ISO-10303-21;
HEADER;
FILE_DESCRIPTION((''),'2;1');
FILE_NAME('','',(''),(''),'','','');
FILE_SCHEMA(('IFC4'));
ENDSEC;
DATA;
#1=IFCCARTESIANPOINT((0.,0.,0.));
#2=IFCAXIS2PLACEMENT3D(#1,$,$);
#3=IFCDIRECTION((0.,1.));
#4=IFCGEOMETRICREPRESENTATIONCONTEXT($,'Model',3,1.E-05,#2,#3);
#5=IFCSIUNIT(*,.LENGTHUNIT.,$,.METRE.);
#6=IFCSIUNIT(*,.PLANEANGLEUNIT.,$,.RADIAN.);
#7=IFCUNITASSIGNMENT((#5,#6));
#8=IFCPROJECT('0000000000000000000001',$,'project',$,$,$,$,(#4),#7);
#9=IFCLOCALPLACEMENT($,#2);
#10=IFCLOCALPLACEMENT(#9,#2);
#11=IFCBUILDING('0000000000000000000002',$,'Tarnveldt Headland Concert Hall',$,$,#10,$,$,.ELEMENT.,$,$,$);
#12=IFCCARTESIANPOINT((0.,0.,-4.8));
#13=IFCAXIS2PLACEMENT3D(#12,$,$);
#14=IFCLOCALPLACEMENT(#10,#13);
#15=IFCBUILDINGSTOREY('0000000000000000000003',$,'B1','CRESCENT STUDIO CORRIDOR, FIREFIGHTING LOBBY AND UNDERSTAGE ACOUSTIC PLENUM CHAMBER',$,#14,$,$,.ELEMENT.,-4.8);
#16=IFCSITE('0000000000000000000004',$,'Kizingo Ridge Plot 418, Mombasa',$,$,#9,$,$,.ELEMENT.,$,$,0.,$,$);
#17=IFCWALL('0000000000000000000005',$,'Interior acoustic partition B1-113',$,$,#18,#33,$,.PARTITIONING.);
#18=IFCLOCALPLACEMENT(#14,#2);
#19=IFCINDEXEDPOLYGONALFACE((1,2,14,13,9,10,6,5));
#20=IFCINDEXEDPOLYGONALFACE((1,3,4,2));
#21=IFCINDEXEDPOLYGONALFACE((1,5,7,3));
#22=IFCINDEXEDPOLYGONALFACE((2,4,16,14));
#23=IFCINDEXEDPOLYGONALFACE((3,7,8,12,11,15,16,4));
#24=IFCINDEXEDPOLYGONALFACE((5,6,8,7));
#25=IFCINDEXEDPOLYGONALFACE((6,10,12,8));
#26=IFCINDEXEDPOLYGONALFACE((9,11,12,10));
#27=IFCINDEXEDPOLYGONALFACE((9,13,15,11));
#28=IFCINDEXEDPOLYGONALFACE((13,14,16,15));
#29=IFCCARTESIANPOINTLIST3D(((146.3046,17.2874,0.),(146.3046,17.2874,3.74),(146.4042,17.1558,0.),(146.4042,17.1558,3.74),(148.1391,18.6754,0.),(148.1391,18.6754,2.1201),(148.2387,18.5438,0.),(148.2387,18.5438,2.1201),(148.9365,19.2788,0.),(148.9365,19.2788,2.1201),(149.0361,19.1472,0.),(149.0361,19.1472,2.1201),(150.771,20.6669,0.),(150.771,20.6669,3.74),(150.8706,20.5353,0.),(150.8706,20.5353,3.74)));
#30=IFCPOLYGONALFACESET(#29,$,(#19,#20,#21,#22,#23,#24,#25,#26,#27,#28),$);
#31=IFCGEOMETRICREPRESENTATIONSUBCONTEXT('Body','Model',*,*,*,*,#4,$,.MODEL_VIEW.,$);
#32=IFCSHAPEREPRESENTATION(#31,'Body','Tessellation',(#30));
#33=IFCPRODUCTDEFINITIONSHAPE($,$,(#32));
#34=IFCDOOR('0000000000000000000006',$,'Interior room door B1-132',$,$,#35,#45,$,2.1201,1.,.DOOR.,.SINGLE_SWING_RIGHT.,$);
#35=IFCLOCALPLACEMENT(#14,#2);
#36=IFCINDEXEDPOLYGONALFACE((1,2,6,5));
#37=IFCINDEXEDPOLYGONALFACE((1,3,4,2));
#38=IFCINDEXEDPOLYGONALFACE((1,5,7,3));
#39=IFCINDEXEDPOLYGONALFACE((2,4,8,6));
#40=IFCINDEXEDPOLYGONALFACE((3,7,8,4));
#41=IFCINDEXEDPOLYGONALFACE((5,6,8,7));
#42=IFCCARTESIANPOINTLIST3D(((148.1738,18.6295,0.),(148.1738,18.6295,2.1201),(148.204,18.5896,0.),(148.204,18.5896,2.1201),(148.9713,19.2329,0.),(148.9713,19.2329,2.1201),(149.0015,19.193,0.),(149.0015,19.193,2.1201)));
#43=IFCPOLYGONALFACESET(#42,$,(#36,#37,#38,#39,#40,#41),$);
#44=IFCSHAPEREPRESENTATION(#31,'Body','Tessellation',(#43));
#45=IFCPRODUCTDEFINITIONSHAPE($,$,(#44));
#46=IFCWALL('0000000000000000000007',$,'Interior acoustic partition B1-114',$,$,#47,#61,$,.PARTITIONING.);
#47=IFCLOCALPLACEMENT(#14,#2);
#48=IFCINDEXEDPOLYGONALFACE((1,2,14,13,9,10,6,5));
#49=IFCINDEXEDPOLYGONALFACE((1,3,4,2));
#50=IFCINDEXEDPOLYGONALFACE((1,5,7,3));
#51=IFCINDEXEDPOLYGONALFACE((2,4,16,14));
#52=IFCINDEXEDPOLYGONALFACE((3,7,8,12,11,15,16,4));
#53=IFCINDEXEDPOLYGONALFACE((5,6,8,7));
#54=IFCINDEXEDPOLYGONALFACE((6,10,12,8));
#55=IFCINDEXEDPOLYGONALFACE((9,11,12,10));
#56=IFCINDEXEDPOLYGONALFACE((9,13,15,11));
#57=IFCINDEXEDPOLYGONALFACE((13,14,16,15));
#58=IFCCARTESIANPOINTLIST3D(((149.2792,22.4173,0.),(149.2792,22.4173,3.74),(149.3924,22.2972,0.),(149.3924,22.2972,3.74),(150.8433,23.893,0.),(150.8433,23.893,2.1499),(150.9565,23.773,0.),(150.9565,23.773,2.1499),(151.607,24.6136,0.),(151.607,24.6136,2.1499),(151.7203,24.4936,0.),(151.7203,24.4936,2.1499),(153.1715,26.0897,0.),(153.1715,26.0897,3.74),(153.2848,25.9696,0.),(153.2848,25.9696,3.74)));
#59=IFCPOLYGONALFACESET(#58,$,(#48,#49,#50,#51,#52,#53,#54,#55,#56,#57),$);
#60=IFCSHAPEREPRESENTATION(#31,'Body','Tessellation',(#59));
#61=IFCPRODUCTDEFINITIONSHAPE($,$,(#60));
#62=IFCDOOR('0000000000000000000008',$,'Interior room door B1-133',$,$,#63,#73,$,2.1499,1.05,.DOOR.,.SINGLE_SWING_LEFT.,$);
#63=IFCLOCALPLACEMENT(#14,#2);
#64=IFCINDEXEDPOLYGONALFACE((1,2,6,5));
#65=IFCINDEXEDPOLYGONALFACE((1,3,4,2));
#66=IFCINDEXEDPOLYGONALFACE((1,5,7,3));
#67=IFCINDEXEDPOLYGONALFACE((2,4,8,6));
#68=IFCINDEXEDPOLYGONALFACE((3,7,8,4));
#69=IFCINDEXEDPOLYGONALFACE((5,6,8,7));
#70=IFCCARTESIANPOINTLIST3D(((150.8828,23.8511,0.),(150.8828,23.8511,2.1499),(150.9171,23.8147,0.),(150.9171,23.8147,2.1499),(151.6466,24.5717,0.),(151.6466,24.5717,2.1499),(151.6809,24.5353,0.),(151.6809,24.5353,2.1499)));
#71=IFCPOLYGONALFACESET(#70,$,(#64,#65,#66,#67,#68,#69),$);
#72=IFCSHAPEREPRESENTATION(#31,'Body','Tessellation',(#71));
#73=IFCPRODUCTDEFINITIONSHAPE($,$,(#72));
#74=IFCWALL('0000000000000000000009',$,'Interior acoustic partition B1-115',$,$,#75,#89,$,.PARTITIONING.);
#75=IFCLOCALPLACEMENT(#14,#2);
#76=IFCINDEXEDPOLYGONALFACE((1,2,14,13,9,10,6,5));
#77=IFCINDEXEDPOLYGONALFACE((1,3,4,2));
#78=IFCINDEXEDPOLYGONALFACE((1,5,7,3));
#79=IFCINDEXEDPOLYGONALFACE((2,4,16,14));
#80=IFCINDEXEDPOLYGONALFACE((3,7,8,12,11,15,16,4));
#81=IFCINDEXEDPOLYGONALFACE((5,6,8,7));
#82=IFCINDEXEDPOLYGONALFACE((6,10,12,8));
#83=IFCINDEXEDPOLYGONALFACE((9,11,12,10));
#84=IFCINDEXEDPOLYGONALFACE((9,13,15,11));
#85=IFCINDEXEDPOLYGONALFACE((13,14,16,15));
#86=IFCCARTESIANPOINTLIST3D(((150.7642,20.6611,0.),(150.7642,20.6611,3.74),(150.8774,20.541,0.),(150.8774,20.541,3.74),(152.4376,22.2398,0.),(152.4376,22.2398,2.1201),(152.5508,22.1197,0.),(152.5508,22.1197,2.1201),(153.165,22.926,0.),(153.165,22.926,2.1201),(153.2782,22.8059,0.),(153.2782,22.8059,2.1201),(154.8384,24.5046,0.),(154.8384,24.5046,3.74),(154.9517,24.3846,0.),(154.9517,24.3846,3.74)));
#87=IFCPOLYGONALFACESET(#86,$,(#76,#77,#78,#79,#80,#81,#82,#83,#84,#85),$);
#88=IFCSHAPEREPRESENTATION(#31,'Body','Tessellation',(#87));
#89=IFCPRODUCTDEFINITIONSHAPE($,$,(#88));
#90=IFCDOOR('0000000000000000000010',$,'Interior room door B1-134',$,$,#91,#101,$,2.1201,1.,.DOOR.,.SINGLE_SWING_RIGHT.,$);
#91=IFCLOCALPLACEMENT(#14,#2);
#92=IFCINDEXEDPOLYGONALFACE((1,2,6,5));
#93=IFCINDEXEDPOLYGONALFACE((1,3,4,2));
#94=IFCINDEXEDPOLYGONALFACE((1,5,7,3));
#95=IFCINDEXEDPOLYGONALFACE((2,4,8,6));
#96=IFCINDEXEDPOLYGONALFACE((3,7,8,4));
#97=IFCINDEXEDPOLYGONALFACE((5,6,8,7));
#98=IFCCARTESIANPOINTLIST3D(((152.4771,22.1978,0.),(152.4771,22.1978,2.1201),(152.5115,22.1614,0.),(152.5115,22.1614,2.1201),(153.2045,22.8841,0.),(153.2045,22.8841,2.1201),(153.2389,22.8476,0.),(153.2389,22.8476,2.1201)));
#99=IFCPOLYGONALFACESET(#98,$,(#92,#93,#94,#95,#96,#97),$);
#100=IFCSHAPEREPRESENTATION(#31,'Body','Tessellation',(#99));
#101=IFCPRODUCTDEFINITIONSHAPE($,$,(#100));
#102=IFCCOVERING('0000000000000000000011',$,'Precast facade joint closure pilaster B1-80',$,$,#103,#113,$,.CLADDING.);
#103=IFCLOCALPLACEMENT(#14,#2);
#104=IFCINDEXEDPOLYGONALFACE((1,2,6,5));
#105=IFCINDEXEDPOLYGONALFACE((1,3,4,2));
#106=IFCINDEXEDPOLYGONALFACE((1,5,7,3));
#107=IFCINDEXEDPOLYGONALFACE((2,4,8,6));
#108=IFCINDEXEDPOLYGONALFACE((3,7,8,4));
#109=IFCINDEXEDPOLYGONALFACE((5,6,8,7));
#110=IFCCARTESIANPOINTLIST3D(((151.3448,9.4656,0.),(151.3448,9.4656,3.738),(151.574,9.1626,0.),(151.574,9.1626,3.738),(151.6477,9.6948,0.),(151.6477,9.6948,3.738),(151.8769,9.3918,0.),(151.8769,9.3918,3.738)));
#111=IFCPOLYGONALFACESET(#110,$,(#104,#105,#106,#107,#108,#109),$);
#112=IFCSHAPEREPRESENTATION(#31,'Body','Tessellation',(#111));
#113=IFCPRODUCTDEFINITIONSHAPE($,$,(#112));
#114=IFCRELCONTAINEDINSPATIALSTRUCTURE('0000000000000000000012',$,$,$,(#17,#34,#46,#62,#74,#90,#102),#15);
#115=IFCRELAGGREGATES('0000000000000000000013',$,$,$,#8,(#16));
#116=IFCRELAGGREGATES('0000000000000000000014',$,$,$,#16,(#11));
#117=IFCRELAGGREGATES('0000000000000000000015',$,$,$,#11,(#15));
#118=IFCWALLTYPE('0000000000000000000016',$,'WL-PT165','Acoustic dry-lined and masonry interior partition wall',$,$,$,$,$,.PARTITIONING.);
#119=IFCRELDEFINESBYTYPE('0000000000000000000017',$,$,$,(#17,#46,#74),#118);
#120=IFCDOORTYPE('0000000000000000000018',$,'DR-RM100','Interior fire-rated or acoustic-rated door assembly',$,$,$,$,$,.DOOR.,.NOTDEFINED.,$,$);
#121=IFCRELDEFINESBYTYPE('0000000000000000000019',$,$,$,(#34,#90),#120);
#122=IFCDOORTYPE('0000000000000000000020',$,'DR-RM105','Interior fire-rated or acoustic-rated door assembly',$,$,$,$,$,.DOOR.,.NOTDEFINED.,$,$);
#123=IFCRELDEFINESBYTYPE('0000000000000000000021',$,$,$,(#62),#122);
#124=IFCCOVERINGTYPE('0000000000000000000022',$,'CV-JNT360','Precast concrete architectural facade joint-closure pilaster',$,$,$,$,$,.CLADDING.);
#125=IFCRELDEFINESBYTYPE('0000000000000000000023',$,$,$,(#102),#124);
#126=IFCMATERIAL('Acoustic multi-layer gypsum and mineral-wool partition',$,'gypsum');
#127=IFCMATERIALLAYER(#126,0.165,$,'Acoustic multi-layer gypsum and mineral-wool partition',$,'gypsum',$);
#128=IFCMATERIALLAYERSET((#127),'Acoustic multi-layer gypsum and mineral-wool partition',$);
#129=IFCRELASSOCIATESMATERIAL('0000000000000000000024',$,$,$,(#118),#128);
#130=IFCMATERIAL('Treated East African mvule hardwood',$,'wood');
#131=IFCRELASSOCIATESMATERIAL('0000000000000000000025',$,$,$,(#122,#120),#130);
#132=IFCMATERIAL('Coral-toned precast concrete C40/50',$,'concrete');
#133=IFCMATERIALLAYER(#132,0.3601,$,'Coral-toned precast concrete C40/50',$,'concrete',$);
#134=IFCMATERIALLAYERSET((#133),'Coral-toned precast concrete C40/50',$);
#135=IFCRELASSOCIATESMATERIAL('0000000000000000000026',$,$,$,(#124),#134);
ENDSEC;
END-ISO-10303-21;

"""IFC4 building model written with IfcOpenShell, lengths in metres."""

from ifc_helpers import new_model, si_unit, direction, frame, frame_2d, origin, origin_2d, place, context, subcontext, project, spatial, rectangle, extrude, material, layer, layer_set, type_object, element, fill, save


model = new_model("IFC4")

# Units and contexts
model_context = context("Model", 3, precision=1e-05, world=origin(), true_north=direction((0.0, 1.0)))
body_context = subcontext(model_context, "Body", "Model", "MODEL_VIEW")
ifc_project = project(units=[si_unit("LENGTHUNIT", "METRE"), si_unit("PLANEANGLEUNIT", "RADIAN")], contexts=[model_context])

# Site, building, storey
site_placement = place(None, origin())
site = spatial("IfcSite", under=ifc_project, at=site_placement, Name="Kizingo Ridge Plot 418, Mombasa", CompositionType="ELEMENT", RefElevation=0.0)
building_placement = place(site_placement, origin())
building = spatial("IfcBuilding", under=site, at=building_placement, Name="Tarnveldt Headland Concert Hall", CompositionType="ELEMENT")
storey_placement = place(building_placement, frame((0.0, 0.0, -4.8)))
storey = spatial("IfcBuildingStorey", under=building, at=storey_placement, Name="B1", Description="CRESCENT STUDIO CORRIDOR, FIREFIGHTING LOBBY AND UNDERSTAGE ACOUSTIC PLENUM CHAMBER", CompositionType="ELEMENT", Elevation=-4.8)

# Walls, openings, doors
ifc_material_1 = material(Name="Acoustic multi-layer gypsum and mineral-wool partition", Category="gypsum")
ifc_layer_1 = layer(ifc_material_1, 0.165, Name="Acoustic multi-layer gypsum and mineral-wool partition", Category="gypsum")
ifc_layer_set_1 = layer_set([ifc_layer_1], Name="Acoustic multi-layer gypsum and mineral-wool partition")
wall_type = type_object("IfcWallType", Name="WL-PT165", Description="Acoustic dry-lined and masonry interior partition wall", PredefinedType="PARTITIONING", material=ifc_layer_set_1)
ifc_material_2 = material(Name="Treated East African mvule hardwood", Category="wood")
door_type_1 = type_object("IfcDoorType", Name="DR-RM105", Description="Interior fire-rated or acoustic-rated door assembly", OperationType="NOTDEFINED", PredefinedType="DOOR", material=ifc_material_2)
wall_1_placement = place(storey_placement, frame((146.3545, 17.2217, 0.0), z_axis=(0.0, 0.0, 1.0), x_axis=(0.797451, 0.603384, 0.0)))
wall_1 = element("IfcWall", 1, at=wall_1_placement, inside=storey, type_object=wall_type, Name="Interior acoustic partition B1-113", PredefinedType="PARTITIONING", context=body_context, shape_type="SweptSolid", body=[
    extrude(rectangle(XDim=5.6008, YDim=0.165, at=frame_2d((2.8003, 0.0))), origin(), (0.0, 0.0, 1.0), 3.74),
])
opening_1_placement = place(wall_1_placement, frame((2.3003, 0.0, 0.0)))
opening_1 = element("IfcOpeningElement", 2, at=opening_1_placement, cuts=wall_1, PredefinedType="OPENING", context=body_context, shape_type="SweptSolid", body=[
    extrude(rectangle(XDim=1.0, YDim=2.1201, at=frame_2d((0.5, 1.0601))), frame((0.0, 0.0925, 0.0), z_axis=(0.0, -1.0, 0.0), x_axis=(1.0, 0.0, 0.0)), (0.0, 0.0, 1.0), 0.1851),
])
door_type_2 = type_object("IfcDoorType", Name="DR-RM100", Description="Interior fire-rated or acoustic-rated door assembly", OperationType="NOTDEFINED", PredefinedType="DOOR", material=ifc_material_2)
door_1_placement = place(opening_1_placement, origin())
door_1 = element("IfcDoor", 3, at=door_1_placement, inside=storey, type_object=door_type_2, Name="Interior room door B1-132", OperationType="SINGLE_SWING_RIGHT", OverallHeight=2.1201, OverallWidth=1.0, PredefinedType="DOOR", context=body_context, shape_type="SweptSolid", body=[
    extrude(rectangle(XDim=1.0, YDim=2.1201, at=frame_2d((0.5, 1.0601))), frame((0.0, 0.0249, 0.0), z_axis=(0.0, -1.0, 0.0), x_axis=(1.0, 0.0, 0.0)), (0.0, 0.0, 1.0), 0.05),
])
fill(opening_1, door_1)
wall_2_placement = place(storey_placement, frame((149.3357, 22.3572, 0.0), z_axis=(0.0, 0.0, 1.0), x_axis=(0.727361, 0.686255, 0.0)))
wall_2 = element("IfcWall", 4, at=wall_2_placement, inside=storey, type_object=wall_type, Name="Interior acoustic partition B1-114", PredefinedType="PARTITIONING", context=body_context, shape_type="SweptSolid", body=[
    extrude(rectangle(XDim=5.3513, YDim=0.165, at=frame_2d((2.6758, 0.0))), origin(), (0.0, 0.0, 1.0), 3.74),
])
opening_2_placement = place(wall_2_placement, frame((2.1506, 0.0, 0.0)))
opening_2 = element("IfcOpeningElement", 5, at=opening_2_placement, cuts=wall_2, PredefinedType="OPENING", context=body_context, shape_type="SweptSolid", body=[
    extrude(rectangle(XDim=1.05, YDim=2.1499, at=frame_2d((0.5249, 1.075))), frame((0.0, 0.0925, 0.0), z_axis=(0.0, -1.0, 0.0), x_axis=(1.0, 0.0, 0.0)), (0.0, 0.0, 1.0), 0.1851),
])
door_2_placement = place(opening_2_placement, origin())
door_2 = element("IfcDoor", 6, at=door_2_placement, inside=storey, type_object=door_type_1, Name="Interior room door B1-133", OperationType="SINGLE_SWING_LEFT", OverallHeight=2.1499, OverallWidth=1.05, PredefinedType="DOOR", context=body_context, shape_type="SweptSolid", body=[
    extrude(rectangle(XDim=1.05, YDim=2.1499, at=frame_2d((0.5249, 1.075))), frame((0.0, 0.0249, 0.0), z_axis=(0.0, -1.0, 0.0), x_axis=(1.0, 0.0, 0.0)), (0.0, 0.0, 1.0), 0.05),
])
fill(opening_2, door_2)
wall_3_placement = place(storey_placement, frame((150.8208, 20.6011, 0.0), z_axis=(0.0, 0.0, 1.0), x_axis=(0.727402, 0.686211, 0.0)))
wall_3 = element("IfcWall", 7, at=wall_3_placement, inside=storey, type_object=wall_type, Name="Interior acoustic partition B1-115", PredefinedType="PARTITIONING", context=body_context, shape_type="SweptSolid", body=[
    extrude(rectangle(XDim=5.6011, YDim=0.165, at=frame_2d((2.8005, 0.0))), origin(), (0.0, 0.0, 1.0), 3.74),
])
opening_3_placement = place(wall_3_placement, frame((2.3005, 0.0, 0.0)))
opening_3 = element("IfcOpeningElement", 8, at=opening_3_placement, cuts=wall_3, PredefinedType="OPENING", context=body_context, shape_type="SweptSolid", body=[
    extrude(rectangle(XDim=1.0, YDim=2.1201, at=frame_2d((0.5, 1.0601))), frame((0.0, 0.0925, 0.0), z_axis=(0.0, -1.0, 0.0), x_axis=(1.0, 0.0, 0.0)), (0.0, 0.0, 1.0), 0.1851),
])
door_3_placement = place(opening_3_placement, origin())
door_3 = element("IfcDoor", 9, at=door_3_placement, inside=storey, type_object=door_type_2, Name="Interior room door B1-134", OperationType="SINGLE_SWING_RIGHT", OverallHeight=2.1201, OverallWidth=1.0, PredefinedType="DOOR", context=body_context, shape_type="SweptSolid", body=[
    extrude(rectangle(XDim=1.0, YDim=2.1201, at=frame_2d((0.5, 1.0601))), frame((0.0, 0.0249, 0.0), z_axis=(0.0, -1.0, 0.0), x_axis=(1.0, 0.0, 0.0)), (0.0, 0.0, 1.0), 0.05),
])
fill(opening_3, door_3)

# Covering
ifc_material_3 = material(Name="Coral-toned precast concrete C40/50", Category="concrete")
ifc_layer_2 = layer(ifc_material_3, 0.3601, Name="Coral-toned precast concrete C40/50", Category="concrete")
ifc_layer_set_2 = layer_set([ifc_layer_2], Name="Coral-toned precast concrete C40/50")
covering_type = type_object("IfcCoveringType", Name="CV-JNT360", Description="Precast concrete architectural facade joint-closure pilaster", PredefinedType="CLADDING", material=ifc_layer_set_2)
covering_placement = place(storey_placement, frame((151.6108, 9.4287, 0.0), z_axis=(0.0, 0.0, 1.0), x_axis=(-0.797479, -0.603347, 0.0)))
element("IfcCovering", 10, at=covering_placement, inside=storey, type_object=covering_type, Name="Precast facade joint closure pilaster B1-80", PredefinedType="CLADDING", context=body_context, shape_type="SweptSolid", body=[
    extrude(rectangle(XDim=0.3799, YDim=0.3799, at=origin_2d()), origin(), (0.0, 0.0, 1.0), 3.738),
])

save(model, "model.ifc")
